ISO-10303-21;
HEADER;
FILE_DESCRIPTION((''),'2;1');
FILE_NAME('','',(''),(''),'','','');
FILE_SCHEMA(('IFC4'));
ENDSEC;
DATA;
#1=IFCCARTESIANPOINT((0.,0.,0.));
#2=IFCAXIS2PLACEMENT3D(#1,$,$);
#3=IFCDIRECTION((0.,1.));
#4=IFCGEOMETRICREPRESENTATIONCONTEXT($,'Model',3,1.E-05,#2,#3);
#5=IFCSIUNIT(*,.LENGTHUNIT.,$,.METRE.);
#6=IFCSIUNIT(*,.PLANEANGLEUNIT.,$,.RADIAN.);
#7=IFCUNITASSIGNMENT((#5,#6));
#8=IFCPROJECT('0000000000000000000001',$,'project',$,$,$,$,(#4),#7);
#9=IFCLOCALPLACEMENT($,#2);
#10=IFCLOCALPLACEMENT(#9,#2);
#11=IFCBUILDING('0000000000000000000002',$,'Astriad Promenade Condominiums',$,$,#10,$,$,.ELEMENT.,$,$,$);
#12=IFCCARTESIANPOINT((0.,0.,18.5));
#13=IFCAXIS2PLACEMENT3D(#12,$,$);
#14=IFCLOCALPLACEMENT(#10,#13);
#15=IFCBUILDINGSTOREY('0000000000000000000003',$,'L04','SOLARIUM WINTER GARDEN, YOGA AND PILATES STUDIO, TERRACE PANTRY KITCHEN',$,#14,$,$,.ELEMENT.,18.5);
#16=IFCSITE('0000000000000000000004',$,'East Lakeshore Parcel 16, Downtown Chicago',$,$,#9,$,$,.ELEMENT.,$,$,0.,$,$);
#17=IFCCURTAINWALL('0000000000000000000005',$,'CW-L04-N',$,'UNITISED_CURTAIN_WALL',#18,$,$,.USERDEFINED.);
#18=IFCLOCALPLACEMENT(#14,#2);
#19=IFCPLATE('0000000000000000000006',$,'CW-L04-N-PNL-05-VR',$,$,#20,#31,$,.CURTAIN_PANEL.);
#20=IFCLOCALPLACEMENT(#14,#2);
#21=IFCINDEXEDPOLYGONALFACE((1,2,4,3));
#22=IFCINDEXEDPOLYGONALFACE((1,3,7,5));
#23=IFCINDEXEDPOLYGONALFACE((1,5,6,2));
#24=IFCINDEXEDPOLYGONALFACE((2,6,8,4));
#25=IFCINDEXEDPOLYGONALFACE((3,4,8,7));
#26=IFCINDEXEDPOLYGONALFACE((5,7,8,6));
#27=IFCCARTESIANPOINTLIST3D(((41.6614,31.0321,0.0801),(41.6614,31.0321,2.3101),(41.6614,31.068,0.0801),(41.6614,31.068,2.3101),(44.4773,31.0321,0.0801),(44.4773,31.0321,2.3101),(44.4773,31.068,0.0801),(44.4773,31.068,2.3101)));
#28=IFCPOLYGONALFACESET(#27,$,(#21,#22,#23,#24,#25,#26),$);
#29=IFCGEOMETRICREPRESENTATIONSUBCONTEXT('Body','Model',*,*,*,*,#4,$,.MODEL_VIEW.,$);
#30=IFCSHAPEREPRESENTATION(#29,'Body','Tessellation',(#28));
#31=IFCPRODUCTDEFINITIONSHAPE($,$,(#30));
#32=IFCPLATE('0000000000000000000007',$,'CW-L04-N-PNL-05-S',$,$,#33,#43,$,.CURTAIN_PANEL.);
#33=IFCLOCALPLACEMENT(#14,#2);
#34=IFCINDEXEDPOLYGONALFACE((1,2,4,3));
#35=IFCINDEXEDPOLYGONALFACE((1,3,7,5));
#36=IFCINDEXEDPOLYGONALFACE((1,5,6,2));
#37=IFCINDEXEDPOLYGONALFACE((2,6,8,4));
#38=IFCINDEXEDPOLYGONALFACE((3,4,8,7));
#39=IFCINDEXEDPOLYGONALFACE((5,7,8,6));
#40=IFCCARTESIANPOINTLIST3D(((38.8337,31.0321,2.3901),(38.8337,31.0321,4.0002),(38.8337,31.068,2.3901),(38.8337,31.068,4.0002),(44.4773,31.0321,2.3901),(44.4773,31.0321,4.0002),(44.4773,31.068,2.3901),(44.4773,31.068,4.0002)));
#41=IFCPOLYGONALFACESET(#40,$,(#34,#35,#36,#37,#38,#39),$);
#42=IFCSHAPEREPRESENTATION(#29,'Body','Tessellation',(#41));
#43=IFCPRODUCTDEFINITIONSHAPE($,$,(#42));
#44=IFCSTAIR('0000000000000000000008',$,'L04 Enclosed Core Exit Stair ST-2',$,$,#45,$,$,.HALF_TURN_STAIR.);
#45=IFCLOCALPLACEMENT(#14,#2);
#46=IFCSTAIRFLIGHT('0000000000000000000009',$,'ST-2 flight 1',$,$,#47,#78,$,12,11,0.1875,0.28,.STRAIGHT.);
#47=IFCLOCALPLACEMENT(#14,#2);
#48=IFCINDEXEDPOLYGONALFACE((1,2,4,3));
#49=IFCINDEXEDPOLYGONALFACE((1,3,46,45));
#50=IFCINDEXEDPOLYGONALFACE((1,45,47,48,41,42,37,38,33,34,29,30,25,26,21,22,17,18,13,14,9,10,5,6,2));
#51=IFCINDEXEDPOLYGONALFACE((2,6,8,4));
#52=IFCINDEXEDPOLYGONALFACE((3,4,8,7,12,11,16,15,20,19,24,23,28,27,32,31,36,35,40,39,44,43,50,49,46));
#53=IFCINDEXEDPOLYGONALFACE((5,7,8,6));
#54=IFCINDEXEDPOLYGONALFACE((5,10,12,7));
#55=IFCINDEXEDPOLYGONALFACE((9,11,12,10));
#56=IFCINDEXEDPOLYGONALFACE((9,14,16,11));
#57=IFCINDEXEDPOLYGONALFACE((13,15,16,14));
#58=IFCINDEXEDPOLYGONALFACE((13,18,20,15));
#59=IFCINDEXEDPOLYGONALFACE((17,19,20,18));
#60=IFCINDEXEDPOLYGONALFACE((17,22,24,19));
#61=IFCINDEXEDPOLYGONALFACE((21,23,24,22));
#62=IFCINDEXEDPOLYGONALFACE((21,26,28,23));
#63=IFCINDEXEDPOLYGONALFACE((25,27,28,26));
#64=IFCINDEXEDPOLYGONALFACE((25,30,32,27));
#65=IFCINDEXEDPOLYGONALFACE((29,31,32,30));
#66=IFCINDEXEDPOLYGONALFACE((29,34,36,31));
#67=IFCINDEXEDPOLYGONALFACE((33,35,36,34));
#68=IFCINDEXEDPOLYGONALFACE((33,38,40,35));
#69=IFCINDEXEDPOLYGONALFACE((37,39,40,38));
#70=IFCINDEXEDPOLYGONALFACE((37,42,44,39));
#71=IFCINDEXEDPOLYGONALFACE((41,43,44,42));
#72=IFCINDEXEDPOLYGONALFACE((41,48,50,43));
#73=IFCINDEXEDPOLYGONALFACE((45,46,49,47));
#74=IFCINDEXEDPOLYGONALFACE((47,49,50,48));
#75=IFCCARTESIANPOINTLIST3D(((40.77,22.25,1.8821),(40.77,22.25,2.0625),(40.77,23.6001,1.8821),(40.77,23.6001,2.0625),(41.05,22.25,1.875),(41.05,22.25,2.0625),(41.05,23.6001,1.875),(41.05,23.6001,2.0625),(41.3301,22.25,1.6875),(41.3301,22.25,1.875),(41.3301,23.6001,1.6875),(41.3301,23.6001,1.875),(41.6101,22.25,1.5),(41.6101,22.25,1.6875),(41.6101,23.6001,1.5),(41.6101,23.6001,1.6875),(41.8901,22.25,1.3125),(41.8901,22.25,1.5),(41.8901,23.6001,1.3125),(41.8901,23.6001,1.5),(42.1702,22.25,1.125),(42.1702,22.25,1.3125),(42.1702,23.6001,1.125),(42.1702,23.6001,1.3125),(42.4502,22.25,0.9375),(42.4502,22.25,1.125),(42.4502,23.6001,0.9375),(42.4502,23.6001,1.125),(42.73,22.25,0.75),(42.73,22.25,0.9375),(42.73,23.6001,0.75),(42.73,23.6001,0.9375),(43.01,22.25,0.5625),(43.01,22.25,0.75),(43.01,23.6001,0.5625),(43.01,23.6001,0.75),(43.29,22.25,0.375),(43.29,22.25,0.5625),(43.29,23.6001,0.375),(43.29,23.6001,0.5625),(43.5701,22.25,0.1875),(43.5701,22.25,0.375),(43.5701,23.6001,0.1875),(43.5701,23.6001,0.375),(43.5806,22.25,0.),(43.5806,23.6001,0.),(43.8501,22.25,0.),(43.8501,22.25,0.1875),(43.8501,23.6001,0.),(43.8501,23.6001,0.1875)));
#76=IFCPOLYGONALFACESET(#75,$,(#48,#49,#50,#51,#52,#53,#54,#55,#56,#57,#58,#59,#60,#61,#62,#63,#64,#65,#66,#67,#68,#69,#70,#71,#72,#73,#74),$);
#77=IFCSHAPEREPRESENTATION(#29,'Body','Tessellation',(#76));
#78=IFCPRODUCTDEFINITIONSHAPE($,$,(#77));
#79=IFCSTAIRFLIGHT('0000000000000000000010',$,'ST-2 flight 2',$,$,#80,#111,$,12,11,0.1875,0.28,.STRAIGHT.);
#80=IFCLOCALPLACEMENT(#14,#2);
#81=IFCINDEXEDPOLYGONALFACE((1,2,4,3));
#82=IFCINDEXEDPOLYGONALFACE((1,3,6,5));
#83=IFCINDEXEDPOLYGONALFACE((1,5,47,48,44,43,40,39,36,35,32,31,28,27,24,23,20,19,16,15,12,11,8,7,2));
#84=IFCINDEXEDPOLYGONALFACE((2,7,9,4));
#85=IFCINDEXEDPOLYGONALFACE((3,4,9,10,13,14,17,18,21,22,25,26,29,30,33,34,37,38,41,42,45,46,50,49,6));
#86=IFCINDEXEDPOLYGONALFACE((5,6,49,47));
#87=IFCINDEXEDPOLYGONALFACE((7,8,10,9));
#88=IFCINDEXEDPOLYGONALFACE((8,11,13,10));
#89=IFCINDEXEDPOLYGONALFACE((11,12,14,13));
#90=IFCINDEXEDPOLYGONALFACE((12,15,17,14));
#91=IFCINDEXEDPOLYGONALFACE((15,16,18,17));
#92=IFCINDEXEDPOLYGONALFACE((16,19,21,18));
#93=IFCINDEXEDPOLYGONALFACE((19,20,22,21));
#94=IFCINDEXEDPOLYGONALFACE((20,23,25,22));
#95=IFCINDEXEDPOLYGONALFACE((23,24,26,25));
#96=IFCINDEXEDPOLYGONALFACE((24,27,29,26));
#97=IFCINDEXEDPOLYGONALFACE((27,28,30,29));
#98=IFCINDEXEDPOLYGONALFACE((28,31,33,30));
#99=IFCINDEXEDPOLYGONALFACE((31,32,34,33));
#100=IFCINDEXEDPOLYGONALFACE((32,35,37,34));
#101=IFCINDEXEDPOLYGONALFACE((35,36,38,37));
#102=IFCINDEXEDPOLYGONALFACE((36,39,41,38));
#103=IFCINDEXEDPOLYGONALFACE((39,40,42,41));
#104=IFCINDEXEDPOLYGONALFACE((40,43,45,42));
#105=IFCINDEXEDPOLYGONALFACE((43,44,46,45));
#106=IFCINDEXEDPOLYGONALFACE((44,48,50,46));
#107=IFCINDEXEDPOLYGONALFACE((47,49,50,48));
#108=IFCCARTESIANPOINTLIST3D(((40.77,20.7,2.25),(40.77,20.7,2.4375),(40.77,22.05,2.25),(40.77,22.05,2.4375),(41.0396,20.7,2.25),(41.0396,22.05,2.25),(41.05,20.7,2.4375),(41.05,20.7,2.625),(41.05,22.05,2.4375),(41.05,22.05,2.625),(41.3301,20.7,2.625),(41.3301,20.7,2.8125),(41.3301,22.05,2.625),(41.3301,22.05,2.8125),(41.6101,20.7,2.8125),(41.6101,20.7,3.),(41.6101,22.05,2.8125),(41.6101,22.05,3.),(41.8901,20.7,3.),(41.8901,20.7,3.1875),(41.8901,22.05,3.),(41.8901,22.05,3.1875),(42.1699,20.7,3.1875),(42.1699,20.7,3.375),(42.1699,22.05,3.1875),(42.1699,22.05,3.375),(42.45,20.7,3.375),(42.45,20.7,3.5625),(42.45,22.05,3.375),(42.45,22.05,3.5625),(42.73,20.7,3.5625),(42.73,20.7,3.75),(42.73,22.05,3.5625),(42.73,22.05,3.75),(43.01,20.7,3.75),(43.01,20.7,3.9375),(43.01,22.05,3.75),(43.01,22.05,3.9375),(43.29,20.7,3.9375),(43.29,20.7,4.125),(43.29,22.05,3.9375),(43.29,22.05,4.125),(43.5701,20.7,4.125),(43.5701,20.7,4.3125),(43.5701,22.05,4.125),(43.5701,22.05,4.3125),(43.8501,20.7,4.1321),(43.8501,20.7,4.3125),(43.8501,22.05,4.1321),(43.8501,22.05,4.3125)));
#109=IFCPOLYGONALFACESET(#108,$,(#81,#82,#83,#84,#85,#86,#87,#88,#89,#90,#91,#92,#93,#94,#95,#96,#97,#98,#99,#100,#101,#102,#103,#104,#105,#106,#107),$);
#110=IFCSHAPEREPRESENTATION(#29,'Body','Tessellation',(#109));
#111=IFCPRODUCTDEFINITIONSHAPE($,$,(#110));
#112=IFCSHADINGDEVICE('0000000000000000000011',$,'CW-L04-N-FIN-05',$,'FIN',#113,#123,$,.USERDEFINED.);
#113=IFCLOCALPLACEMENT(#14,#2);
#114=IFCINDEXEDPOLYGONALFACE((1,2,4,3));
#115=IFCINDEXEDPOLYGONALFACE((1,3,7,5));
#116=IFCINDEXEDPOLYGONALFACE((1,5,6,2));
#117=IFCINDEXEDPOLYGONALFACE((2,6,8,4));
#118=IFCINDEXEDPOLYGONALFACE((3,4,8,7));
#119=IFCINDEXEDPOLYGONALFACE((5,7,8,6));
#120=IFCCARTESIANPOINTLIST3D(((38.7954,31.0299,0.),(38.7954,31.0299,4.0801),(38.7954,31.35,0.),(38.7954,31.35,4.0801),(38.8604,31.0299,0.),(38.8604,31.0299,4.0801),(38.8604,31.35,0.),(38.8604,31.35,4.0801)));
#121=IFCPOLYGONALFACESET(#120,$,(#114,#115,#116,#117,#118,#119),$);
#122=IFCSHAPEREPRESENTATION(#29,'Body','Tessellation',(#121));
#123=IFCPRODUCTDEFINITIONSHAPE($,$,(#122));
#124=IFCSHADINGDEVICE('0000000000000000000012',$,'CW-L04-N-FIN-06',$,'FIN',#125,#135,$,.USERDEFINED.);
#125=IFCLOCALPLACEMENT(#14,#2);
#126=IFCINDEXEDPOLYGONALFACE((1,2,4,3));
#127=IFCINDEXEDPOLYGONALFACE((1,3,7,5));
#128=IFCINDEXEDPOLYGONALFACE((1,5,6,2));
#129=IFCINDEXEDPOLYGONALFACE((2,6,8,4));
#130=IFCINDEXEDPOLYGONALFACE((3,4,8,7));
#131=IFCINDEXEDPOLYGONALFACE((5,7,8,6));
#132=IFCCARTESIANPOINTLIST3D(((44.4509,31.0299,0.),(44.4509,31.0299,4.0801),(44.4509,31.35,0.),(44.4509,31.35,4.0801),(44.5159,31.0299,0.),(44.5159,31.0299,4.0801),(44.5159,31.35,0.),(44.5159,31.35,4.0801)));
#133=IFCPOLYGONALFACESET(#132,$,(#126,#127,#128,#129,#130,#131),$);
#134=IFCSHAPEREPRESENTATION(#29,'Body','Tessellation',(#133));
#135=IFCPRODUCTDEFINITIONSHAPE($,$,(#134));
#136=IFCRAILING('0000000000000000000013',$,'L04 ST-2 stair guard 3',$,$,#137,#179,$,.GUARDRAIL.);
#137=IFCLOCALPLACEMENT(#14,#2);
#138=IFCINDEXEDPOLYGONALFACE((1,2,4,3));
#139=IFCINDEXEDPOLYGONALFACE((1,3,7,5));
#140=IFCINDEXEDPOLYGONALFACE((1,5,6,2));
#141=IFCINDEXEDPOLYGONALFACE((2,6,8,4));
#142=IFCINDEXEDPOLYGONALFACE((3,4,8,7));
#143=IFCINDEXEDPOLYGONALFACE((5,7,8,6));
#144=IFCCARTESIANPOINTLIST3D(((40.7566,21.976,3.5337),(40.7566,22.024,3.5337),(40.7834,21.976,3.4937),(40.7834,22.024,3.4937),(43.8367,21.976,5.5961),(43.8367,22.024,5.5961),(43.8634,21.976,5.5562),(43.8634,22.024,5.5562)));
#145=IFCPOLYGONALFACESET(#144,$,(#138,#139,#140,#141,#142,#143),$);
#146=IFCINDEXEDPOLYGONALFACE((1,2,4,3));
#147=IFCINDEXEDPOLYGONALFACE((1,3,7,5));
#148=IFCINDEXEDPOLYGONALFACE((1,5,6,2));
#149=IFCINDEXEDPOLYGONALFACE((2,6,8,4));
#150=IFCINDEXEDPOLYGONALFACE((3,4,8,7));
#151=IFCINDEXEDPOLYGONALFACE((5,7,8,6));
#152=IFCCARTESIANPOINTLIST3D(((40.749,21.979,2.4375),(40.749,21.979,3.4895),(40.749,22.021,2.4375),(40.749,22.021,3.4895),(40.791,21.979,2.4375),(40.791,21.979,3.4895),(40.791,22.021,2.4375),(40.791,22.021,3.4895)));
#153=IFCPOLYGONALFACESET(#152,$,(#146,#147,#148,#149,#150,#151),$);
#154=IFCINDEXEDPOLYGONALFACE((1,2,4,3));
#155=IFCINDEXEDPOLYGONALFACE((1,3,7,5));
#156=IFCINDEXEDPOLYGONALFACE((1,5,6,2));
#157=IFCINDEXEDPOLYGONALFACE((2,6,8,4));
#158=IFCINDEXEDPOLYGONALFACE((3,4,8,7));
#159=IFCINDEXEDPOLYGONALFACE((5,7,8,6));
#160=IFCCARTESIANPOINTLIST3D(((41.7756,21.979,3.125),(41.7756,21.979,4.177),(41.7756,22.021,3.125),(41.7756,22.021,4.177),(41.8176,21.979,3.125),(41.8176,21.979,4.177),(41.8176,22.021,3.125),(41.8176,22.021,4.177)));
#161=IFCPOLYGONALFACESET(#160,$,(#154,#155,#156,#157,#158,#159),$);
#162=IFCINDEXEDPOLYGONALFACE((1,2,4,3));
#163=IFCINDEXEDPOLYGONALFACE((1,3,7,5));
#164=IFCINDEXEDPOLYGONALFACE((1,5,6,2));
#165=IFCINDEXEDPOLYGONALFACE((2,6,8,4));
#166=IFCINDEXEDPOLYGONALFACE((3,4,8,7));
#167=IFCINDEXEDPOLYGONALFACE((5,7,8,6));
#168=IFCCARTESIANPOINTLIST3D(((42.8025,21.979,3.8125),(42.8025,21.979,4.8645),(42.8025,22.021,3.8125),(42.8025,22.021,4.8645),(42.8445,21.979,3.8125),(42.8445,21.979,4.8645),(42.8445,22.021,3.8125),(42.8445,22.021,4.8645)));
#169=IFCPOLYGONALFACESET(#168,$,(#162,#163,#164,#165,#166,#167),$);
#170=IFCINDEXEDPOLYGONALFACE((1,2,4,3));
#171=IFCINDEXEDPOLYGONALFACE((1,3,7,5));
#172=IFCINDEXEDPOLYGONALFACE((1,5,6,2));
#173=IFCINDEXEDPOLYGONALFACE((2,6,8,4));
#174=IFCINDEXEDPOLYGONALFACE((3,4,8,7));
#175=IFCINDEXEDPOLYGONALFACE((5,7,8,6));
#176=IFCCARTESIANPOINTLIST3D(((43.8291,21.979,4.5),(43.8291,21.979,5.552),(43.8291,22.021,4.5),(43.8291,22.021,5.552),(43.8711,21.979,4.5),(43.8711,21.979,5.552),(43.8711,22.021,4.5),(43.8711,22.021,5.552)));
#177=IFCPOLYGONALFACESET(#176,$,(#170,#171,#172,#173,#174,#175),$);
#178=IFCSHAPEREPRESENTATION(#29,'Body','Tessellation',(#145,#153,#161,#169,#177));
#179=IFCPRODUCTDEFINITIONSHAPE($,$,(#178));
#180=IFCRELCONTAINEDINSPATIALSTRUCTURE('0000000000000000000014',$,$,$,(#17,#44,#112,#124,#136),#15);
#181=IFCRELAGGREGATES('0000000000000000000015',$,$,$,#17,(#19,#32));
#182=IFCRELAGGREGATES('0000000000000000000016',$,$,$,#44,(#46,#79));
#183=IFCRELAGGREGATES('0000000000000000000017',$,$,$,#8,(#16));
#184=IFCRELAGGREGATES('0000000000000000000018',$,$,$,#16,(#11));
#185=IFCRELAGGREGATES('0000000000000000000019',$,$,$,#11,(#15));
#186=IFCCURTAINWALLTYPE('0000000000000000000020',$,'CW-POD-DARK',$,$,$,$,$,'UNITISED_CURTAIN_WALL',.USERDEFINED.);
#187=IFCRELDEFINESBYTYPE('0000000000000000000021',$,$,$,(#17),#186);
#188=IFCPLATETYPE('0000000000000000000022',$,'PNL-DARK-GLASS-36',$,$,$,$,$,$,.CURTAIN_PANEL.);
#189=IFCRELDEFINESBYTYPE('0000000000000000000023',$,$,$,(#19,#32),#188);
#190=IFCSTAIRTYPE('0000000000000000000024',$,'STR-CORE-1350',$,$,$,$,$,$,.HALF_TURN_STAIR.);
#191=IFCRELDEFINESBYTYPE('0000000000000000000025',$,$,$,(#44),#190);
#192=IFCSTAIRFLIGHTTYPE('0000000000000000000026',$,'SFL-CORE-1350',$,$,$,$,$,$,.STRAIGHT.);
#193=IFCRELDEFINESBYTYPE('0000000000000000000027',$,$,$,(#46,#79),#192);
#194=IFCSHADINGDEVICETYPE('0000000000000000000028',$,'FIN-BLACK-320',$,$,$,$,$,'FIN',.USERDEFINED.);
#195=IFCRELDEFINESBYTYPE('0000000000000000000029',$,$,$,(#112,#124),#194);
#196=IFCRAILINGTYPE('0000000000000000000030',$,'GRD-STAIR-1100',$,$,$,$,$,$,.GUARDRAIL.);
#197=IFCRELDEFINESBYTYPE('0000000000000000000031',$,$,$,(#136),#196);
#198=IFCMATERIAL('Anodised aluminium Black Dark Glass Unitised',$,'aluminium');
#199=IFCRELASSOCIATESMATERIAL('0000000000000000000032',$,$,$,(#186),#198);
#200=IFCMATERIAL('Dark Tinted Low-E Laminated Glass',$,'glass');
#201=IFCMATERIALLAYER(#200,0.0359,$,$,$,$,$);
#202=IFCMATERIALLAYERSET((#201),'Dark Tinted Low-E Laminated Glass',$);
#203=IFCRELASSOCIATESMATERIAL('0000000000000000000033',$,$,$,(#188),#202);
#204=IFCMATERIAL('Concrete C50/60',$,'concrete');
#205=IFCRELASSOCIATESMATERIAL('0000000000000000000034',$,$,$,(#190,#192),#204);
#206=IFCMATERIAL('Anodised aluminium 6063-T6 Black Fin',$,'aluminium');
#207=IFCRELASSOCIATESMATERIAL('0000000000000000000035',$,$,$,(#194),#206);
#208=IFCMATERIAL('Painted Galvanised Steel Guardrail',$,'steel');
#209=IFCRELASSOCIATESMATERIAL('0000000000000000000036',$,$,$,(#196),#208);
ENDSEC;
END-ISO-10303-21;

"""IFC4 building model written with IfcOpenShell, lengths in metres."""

from ifc_helpers import new_model, si_unit, direction, frame, origin, origin_2d, place, context, subcontext, project, spatial, polyline, rectangle, outline, extrude, source, transform, mapped, material, layer, layer_set, type_object, type_shapes, element, aggregate, save


model = new_model("IFC4")

# Units and contexts
model_context = context("Model", 3, precision=1e-05, world=origin(), true_north=direction((0.0, 1.0)))
body_context = subcontext(model_context, "Body", "Model", "MODEL_VIEW")
ifc_project = project(units=[si_unit("LENGTHUNIT", "METRE"), si_unit("PLANEANGLEUNIT", "RADIAN")], contexts=[model_context])

# Site, building, storey
site_placement = place(None, origin())
site = spatial("IfcSite", under=ifc_project, at=site_placement, Name="East Lakeshore Parcel 16, Downtown Chicago", CompositionType="ELEMENT", RefElevation=0.0)
building_placement = place(site_placement, origin())
building = spatial("IfcBuilding", under=site, at=building_placement, Name="Astriad Promenade Condominiums", CompositionType="ELEMENT")
storey_placement = place(building_placement, frame((0.0, 0.0, 18.5)))
storey = spatial("IfcBuildingStorey", under=building, at=storey_placement, Name="L04", Description="SOLARIUM WINTER GARDEN, YOGA AND PILATES STUDIO, TERRACE PANTRY KITCHEN", CompositionType="ELEMENT", Elevation=18.5)

# Curtain wall
ifc_material_1 = material(Name="Anodised aluminium Black Dark Glass Unitised", Category="aluminium")
curtain_wall_type = type_object("IfcCurtainWallType", Name="CW-POD-DARK", ElementType="UNITISED_CURTAIN_WALL", PredefinedType="USERDEFINED", material=ifc_material_1)
curtain_wall_placement = place(storey_placement, origin())
curtain_wall = element("IfcCurtainWall", 1, at=curtain_wall_placement, inside=storey, type_object=curtain_wall_type, Name="CW-L04-N", ObjectType="UNITISED_CURTAIN_WALL", PredefinedType="USERDEFINED")

# Plates
ifc_material_2 = material(Name="Dark Tinted Low-E Laminated Glass", Category="glass")
ifc_layer_1 = layer(ifc_material_2, 0.0359)
ifc_layer_set_1 = layer_set([ifc_layer_1], Name="Dark Tinted Low-E Laminated Glass")
plate_type_1 = type_object("IfcPlateType", Name="PNL-DARK-GLASS-36", PredefinedType="CURTAIN_PANEL", material=ifc_layer_set_1)
shared_shape_1 = source(origin(), body_context, "Body", "SweptSolid", [
    extrude(rectangle(XDim=2.8159, YDim=0.0359, at=origin_2d()), origin(), (0.0, 0.0, 1.0), 2.23),
])
plate_1_placement = place(storey_placement, frame((43.0693, 31.05, 0.0801), z_axis=(0.0, 0.0, 1.0), x_axis=(1.0, 0.0, 0.0)))
plate_1 = element("IfcPlate", 2, at=plate_1_placement, type_object=plate_type_1, Name="CW-L04-N-PNL-05-VR", PredefinedType="CURTAIN_PANEL", context=body_context, shape_type="MappedRepresentation", body=[
    mapped(shared_shape_1, transform((0.0, 0.0, 0.0), scale=1.0)),
])
shared_shape_2 = source(origin(), body_context, "Body", "SweptSolid", [
    extrude(rectangle(XDim=5.6436, YDim=0.0359, at=origin_2d()), origin(), (0.0, 0.0, 1.0), 1.6101),
])
type_shapes(plate_type_1, [shared_shape_1, shared_shape_2])
plate_2_placement = place(storey_placement, frame((41.6555, 31.05, 2.3901), z_axis=(0.0, 0.0, 1.0), x_axis=(1.0, 0.0, 0.0)))
plate_2 = element("IfcPlate", 3, at=plate_2_placement, type_object=plate_type_1, Name="CW-L04-N-PNL-05-S", PredefinedType="CURTAIN_PANEL", context=body_context, shape_type="MappedRepresentation", body=[
    mapped(shared_shape_2, transform((0.0, 0.0, 0.0), scale=1.0)),
])
aggregate(curtain_wall, [plate_1, plate_2])

# Stair, stair flights
ifc_material_3 = material(Name="Concrete C50/60", Category="concrete")
stair_type = type_object("IfcStairType", Name="STR-CORE-1350", PredefinedType="HALF_TURN_STAIR", material=ifc_material_3)
stair_placement = place(storey_placement, origin())
stair = element("IfcStair", 4, at=stair_placement, inside=storey, type_object=stair_type, Name="L04 Enclosed Core Exit Stair ST-2", PredefinedType="HALF_TURN_STAIR")
stair_flight_type = type_object("IfcStairFlightType", Name="SFL-CORE-1350", PredefinedType="STRAIGHT", material=ifc_material_3)
shared_shape_3 = source(origin(), body_context, "Body", "SweptSolid", [
    extrude(outline(polyline([(0.0, 0.0), (0.0, 0.1875), (0.28, 0.1875), (0.28, 0.375), (0.5601, 0.375), (0.5601, 0.5625), (0.8401, 0.5625), (0.8401, 0.75), (1.1201, 0.75), (1.1201, 0.9375), (1.3999, 0.9375), (1.3999, 1.125), (1.6799, 1.125), (1.6799, 1.3125), (1.96, 1.3125), (1.96, 1.5), (2.24, 1.5), (2.24, 1.6875), (2.52, 1.6875), (2.52, 1.875), (2.8, 1.875), (2.8, 2.0625), (3.0801, 2.0625), (3.0801, 2.25), (3.0801, 1.8821), (0.2695, 0.0), (0.0, 0.0)])), frame((0.0, 0.675, 0.0), z_axis=(0.0, -1.0, 0.0), x_axis=(1.0, 0.0, 0.0)), (0.0, 0.0, 1.0), 1.3501),
])
type_shapes(stair_flight_type, [shared_shape_3])
stair_flight_1_placement = place(storey_placement, frame((43.8501, 22.925, 0.0), z_axis=(0.0, 0.0, 1.0), x_axis=(-1.0, 0.0, 0.0)))
stair_flight_1 = element("IfcStairFlight", 5, at=stair_flight_1_placement, type_object=stair_flight_type, Name="ST-2 flight 1", NumberOfRisers=12, NumberOfTreads=11, PredefinedType="STRAIGHT", RiserHeight=0.1875, TreadLength=0.28, context=body_context, shape_type="MappedRepresentation", body=[
    mapped(shared_shape_3, transform((0.0, 0.0, 0.0), scale=1.0)),
])
stair_flight_2_placement = place(storey_placement, frame((40.77, 21.375, 2.25), z_axis=(0.0, 0.0, 1.0), x_axis=(1.0, 0.0, 0.0)))
stair_flight_2 = element("IfcStairFlight", 6, at=stair_flight_2_placement, type_object=stair_flight_type, Name="ST-2 flight 2", NumberOfRisers=12, NumberOfTreads=11, PredefinedType="STRAIGHT", RiserHeight=0.1875, TreadLength=0.28, context=body_context, shape_type="MappedRepresentation", body=[
    mapped(shared_shape_3, transform((0.0, 0.0, 0.0), scale=1.0)),
])
aggregate(stair, [stair_flight_1, stair_flight_2])

# Shading devices
ifc_material_4 = material(Name="Anodised aluminium 6063-T6 Black Fin", Category="aluminium")
shading_device_type = type_object("IfcShadingDeviceType", Name="FIN-BLACK-320", ElementType="FIN", PredefinedType="USERDEFINED", material=ifc_material_4)
shared_shape_4 = source(origin(), body_context, "Body", "SweptSolid", [
    extrude(rectangle(XDim=0.0649, YDim=0.3201, at=origin_2d()), origin(), (0.0, 0.0, 1.0), 4.0801),
])
type_shapes(shading_device_type, [shared_shape_4])
for number, where, z_axis, x_axis, name in (
    (7, (38.8279, 31.1899, 0.0), (0.0, 0.0, 1.0), (1.0, 0.0, 0.0), "CW-L04-N-FIN-05"),
    (8, (44.4834, 31.1899, 0.0), (0.0, 0.0, 1.0), (1.0, 0.0, 0.0), "CW-L04-N-FIN-06"),
):
    element("IfcShadingDevice", number, at=place(storey_placement, frame(where, z_axis=z_axis, x_axis=x_axis)), inside=storey, type_object=shading_device_type, Name=name, ObjectType="FIN", PredefinedType="USERDEFINED", context=body_context, shape_type="MappedRepresentation", body=[
        mapped(shared_shape_4, transform((0.0, 0.0, 0.0), scale=1.0)),
    ])

# Railing
ifc_material_5 = material(Name="Painted Galvanised Steel Guardrail", Category="steel")
railing_type_1 = type_object("IfcRailingType", Name="GRD-STAIR-1100", PredefinedType="GUARDRAIL", material=ifc_material_5)
shared_shape_5 = source(origin(), body_context, "Body", "SweptSolid", [
    extrude(rectangle(XDim=0.0481, YDim=0.0481, at=origin_2d()), frame((0.0, 0.0, 1.0762), z_axis=(0.830914, 0.0, 0.556401), x_axis=(0.0, 1.0, 0.0)), (0.0, 0.0, 1.0), 3.7068),
    extrude(rectangle(XDim=0.042, YDim=0.042, at=origin_2d()), origin(), (0.0, 0.0, 1.0), 1.052),
    extrude(rectangle(XDim=0.042, YDim=0.042, at=origin_2d()), frame((1.0266, 0.0, 0.6875)), (0.0, 0.0, 1.0), 1.052),
    extrude(rectangle(XDim=0.042, YDim=0.042, at=origin_2d()), frame((2.0535, 0.0, 1.375)), (0.0, 0.0, 1.0), 1.052),
    extrude(rectangle(XDim=0.042, YDim=0.042, at=origin_2d()), frame((3.0801, 0.0, 2.0625)), (0.0, 0.0, 1.0), 1.052),
])
railing_1_placement = place(storey_placement, frame((40.77, 22.0, 2.4375)))
element("IfcRailing", 9, at=railing_1_placement, inside=storey, type_object=railing_type_1, Name="L04 ST-2 stair guard 3", PredefinedType="GUARDRAIL", context=body_context, shape_type="MappedRepresentation", body=[
    mapped(shared_shape_5, transform((0.0, 0.0, 0.0), scale=1.0)),
])

save(model, "model.ifc")
